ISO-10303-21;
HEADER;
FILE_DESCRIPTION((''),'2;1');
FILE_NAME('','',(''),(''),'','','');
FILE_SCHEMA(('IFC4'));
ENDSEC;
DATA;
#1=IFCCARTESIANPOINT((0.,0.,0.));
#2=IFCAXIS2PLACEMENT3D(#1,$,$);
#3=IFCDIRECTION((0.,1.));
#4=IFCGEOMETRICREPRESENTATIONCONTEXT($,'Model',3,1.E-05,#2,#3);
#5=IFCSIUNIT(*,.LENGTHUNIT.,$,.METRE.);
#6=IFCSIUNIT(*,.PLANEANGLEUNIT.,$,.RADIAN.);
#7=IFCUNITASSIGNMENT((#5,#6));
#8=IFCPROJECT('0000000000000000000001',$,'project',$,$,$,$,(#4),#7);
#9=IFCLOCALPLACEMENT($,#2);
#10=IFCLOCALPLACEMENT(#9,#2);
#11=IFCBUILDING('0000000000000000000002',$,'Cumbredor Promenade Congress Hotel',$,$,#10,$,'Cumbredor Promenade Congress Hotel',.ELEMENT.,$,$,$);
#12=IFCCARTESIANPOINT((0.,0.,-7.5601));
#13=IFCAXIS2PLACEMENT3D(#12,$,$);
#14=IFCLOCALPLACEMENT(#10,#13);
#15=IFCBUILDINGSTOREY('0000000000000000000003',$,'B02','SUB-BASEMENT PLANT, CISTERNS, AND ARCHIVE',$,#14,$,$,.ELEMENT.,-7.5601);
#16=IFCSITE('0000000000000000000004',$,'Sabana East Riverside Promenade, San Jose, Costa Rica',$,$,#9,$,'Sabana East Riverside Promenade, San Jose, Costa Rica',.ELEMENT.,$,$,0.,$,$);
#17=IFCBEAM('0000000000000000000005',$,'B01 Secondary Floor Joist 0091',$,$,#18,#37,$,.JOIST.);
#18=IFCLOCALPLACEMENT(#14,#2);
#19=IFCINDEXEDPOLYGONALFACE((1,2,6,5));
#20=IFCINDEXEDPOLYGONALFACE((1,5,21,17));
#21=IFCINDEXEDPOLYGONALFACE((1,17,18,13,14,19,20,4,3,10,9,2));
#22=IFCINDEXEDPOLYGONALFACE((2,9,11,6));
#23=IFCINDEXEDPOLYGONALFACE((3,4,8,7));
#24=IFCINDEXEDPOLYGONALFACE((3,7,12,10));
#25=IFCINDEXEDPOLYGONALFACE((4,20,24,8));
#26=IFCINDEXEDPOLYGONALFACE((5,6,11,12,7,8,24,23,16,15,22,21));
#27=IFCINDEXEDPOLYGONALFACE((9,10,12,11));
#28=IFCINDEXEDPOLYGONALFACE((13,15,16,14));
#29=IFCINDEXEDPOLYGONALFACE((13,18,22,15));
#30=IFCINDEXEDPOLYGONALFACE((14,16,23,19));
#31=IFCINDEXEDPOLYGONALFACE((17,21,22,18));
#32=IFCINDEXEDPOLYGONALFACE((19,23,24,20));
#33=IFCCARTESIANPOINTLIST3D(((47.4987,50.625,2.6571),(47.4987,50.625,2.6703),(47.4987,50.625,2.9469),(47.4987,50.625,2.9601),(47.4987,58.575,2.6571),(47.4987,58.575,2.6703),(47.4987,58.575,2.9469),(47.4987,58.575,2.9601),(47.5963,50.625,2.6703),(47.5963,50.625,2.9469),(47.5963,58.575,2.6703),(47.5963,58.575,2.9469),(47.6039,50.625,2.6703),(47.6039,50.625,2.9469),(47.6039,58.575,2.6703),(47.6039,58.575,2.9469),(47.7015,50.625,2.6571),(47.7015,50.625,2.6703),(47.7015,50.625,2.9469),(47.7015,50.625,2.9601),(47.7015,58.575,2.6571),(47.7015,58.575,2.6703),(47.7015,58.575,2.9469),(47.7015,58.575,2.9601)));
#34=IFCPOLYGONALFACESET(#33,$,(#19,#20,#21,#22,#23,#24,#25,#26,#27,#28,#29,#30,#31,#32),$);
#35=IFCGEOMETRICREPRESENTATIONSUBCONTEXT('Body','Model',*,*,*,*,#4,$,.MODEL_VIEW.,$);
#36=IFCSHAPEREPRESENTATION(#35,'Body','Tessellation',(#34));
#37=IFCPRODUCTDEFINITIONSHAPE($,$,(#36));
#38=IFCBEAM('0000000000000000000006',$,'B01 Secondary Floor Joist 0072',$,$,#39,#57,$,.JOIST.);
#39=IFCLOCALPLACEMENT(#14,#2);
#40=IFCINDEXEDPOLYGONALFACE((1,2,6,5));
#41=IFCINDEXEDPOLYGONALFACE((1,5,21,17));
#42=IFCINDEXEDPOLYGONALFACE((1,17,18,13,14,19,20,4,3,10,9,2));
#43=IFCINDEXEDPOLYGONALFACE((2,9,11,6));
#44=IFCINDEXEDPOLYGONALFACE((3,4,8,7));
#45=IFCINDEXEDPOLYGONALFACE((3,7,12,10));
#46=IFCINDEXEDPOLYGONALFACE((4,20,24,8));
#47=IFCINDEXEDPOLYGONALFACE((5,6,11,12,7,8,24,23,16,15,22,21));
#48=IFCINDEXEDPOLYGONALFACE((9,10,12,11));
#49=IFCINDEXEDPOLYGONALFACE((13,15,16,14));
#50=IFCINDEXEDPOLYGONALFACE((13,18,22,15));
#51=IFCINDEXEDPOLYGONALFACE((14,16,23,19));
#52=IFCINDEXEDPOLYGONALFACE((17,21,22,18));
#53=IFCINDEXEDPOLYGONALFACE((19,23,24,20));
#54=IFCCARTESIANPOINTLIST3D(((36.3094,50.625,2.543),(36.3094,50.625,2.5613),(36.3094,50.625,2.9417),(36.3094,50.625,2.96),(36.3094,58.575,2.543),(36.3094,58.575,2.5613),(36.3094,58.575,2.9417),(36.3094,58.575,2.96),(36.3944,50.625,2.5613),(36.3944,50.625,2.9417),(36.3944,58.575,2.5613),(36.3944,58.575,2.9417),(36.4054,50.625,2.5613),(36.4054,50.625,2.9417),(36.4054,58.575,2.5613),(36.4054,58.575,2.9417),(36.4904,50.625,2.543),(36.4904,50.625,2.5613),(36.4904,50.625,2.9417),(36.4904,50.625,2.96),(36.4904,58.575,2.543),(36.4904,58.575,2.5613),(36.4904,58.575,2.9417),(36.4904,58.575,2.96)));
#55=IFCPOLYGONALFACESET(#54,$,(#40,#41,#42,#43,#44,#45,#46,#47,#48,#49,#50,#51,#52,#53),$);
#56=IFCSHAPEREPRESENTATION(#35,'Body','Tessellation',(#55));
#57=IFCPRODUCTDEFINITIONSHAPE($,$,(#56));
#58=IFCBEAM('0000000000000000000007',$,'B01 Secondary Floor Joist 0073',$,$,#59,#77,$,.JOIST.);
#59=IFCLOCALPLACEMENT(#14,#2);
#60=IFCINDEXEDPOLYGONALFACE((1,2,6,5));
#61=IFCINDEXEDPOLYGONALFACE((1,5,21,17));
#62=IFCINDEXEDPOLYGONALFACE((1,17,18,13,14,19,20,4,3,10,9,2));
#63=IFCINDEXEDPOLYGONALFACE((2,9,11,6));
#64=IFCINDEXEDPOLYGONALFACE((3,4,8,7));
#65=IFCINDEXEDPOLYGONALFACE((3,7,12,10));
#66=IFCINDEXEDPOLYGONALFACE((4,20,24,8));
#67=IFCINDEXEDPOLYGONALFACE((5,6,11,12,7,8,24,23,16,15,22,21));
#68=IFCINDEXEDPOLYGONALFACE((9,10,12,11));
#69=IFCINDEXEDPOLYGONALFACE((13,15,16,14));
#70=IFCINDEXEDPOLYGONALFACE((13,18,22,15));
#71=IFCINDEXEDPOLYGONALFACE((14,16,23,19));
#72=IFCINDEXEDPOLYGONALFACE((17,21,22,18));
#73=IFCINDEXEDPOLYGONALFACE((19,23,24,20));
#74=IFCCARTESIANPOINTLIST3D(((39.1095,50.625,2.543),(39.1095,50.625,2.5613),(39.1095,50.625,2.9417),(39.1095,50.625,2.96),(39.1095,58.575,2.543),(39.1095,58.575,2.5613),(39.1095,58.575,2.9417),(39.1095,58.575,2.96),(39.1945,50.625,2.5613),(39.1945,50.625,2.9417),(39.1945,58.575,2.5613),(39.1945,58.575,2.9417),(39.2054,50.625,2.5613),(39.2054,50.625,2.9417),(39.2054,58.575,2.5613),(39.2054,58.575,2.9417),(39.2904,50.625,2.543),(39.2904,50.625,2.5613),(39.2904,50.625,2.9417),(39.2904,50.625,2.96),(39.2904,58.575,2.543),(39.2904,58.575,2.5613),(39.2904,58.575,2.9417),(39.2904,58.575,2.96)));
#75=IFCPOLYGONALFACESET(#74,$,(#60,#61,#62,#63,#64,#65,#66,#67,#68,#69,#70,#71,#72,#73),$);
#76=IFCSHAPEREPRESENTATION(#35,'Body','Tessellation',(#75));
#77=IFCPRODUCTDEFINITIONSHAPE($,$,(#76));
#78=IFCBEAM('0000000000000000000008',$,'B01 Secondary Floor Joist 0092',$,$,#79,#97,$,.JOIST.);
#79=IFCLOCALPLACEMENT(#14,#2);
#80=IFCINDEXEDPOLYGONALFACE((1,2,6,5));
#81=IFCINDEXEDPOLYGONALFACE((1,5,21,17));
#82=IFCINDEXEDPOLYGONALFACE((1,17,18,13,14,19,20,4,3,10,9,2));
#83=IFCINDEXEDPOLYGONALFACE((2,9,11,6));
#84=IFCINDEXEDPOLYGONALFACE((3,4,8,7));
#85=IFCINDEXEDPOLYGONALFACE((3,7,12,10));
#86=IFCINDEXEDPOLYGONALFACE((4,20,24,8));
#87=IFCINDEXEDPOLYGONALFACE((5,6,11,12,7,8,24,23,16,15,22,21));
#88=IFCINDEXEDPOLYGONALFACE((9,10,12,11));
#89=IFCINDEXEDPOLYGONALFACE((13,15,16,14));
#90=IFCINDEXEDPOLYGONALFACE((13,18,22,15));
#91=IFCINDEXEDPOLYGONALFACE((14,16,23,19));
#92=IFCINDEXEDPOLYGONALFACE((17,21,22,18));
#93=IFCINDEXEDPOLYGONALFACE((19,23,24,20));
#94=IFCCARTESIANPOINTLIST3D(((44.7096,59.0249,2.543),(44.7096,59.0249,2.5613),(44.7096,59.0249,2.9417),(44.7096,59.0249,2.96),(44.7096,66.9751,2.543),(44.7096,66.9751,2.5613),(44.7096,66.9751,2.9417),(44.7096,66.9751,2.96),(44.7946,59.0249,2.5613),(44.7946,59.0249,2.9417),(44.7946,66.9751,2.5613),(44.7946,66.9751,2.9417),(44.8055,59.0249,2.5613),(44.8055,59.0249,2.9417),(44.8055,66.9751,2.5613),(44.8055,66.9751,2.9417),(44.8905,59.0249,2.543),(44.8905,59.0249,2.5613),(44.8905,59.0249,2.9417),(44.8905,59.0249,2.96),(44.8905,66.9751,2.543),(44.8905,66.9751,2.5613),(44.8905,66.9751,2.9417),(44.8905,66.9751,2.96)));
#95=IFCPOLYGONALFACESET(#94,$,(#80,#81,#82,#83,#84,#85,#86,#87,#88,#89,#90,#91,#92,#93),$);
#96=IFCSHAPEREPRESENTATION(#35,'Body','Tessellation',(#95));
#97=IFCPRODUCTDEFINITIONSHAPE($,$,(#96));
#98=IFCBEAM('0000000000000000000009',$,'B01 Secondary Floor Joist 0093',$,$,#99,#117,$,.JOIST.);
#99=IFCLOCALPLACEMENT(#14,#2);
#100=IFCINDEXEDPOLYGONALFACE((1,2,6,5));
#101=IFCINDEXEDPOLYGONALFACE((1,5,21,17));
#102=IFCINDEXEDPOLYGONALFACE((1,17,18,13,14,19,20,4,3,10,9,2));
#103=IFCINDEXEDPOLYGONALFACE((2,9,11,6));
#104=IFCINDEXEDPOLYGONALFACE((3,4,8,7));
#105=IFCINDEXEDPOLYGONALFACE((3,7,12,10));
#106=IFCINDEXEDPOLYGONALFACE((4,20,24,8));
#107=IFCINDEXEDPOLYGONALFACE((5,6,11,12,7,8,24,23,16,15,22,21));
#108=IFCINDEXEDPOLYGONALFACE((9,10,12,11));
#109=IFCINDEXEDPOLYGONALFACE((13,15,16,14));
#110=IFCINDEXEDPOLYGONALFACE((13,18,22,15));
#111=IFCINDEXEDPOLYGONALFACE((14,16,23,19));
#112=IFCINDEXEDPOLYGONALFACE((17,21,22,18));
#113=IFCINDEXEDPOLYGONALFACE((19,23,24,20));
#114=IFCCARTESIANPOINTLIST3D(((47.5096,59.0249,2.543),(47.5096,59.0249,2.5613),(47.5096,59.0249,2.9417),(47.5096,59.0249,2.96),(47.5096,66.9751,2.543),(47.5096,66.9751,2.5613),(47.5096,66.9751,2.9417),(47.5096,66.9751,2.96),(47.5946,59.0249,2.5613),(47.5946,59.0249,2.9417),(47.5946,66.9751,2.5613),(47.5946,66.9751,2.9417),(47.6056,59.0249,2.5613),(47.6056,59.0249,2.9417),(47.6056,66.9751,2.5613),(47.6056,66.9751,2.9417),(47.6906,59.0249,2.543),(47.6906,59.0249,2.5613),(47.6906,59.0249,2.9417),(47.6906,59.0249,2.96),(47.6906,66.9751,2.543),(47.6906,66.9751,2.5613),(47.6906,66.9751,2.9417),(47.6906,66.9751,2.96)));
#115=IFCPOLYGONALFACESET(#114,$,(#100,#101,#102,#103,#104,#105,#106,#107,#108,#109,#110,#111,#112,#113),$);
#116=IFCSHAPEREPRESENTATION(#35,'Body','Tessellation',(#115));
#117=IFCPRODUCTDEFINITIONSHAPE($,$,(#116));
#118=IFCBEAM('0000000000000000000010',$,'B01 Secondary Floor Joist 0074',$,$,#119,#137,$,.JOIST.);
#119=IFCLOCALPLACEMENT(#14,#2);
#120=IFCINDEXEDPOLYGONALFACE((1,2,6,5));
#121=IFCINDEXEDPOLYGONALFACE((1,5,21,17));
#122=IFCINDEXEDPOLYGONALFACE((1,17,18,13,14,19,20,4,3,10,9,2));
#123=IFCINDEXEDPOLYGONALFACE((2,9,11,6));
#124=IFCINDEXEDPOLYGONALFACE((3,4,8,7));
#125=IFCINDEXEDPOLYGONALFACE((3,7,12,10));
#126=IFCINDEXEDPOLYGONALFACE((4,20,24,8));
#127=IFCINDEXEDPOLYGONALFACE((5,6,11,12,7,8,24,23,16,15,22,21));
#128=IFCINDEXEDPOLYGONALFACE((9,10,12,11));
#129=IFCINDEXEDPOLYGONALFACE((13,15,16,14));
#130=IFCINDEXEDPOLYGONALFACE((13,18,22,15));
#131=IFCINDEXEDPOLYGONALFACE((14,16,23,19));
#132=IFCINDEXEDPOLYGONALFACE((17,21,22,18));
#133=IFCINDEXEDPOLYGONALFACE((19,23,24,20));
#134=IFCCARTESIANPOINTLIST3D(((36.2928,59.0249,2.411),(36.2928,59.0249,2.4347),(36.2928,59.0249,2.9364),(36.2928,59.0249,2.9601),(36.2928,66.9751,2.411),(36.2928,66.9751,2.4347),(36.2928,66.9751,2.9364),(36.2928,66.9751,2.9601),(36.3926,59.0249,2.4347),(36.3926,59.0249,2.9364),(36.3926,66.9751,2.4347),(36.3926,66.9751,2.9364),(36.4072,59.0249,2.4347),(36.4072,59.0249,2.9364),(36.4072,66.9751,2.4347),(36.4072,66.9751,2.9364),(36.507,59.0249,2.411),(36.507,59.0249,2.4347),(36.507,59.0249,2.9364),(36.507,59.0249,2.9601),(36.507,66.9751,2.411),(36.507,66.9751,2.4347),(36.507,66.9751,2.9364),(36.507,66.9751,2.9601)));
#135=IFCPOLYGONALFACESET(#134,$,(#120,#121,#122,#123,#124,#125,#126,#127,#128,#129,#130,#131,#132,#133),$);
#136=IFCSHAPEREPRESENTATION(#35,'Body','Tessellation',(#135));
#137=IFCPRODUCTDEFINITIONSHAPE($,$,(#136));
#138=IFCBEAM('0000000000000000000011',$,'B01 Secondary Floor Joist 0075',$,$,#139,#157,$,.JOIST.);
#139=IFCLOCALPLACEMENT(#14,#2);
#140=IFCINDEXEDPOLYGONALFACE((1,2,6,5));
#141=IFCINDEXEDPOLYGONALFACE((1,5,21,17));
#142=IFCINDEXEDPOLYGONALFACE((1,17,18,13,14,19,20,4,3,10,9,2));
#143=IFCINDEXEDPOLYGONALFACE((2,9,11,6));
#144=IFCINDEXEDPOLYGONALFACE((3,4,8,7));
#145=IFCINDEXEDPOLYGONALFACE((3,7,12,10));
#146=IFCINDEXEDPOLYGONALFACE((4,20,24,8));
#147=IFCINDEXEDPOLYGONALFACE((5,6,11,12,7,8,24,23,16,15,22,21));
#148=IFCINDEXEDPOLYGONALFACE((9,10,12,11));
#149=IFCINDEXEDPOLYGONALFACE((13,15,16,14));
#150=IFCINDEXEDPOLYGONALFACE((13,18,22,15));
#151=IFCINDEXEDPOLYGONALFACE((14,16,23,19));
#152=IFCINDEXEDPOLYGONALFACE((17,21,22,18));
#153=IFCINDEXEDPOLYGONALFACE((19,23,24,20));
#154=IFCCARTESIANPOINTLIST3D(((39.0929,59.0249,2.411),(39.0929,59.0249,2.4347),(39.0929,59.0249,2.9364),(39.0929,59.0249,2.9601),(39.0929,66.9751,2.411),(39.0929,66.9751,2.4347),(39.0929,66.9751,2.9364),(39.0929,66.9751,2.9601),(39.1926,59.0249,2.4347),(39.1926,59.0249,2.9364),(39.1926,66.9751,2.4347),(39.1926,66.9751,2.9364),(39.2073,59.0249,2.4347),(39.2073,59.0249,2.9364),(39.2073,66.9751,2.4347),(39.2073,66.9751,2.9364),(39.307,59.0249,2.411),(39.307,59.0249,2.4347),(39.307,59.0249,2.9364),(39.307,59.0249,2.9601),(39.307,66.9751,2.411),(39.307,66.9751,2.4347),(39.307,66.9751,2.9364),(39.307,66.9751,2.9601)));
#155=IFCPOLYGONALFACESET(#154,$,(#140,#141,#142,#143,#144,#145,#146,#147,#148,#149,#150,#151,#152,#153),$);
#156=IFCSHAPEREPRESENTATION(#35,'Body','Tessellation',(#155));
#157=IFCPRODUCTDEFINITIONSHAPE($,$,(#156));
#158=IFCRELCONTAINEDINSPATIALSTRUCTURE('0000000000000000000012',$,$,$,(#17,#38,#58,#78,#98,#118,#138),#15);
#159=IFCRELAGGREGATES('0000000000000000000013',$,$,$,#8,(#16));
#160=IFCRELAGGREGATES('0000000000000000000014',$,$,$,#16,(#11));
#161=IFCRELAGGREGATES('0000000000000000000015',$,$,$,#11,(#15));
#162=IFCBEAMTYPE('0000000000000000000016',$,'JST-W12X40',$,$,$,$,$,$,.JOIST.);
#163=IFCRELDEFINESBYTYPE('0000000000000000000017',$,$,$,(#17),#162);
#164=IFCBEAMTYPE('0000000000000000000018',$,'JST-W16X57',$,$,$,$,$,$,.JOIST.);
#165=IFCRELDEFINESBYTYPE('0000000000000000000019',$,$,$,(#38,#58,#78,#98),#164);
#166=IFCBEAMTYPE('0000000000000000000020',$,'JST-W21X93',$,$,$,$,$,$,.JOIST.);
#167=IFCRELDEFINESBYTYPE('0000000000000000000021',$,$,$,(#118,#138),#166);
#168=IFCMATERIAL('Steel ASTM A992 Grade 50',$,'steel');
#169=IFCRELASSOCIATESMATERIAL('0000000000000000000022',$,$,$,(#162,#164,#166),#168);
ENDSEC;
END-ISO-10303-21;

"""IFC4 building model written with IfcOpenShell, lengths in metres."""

from ifc_helpers import new_model, si_unit, direction, frame, origin, origin_2d, place, context, subcontext, project, spatial, i_section, extrude, material, material_profile, profile_set, type_object, element, save


model = new_model("IFC4")

# Units and contexts
model_context = context("Model", 3, precision=1e-05, world=origin(), true_north=direction((0.0, 1.0)))
body_context = subcontext(model_context, "Body", "Model", "MODEL_VIEW")
ifc_project = project(units=[si_unit("LENGTHUNIT", "METRE"), si_unit("PLANEANGLEUNIT", "RADIAN")], contexts=[model_context])

# Site, building, storey
site_placement = place(None, origin())
site = spatial("IfcSite", under=ifc_project, at=site_placement, Name="Sabana East Riverside Promenade, San Jose, Costa Rica", LongName="Sabana East Riverside Promenade, San Jose, Costa Rica", CompositionType="ELEMENT", RefElevation=0.0)
building_placement = place(site_placement, origin())
building = spatial("IfcBuilding", under=site, at=building_placement, Name="Cumbredor Promenade Congress Hotel", LongName="Cumbredor Promenade Congress Hotel", CompositionType="ELEMENT")
storey_placement = place(building_placement, frame((0.0, 0.0, -7.5601)))
storey = spatial("IfcBuildingStorey", under=building, at=storey_placement, Name="B02", Description="SUB-BASEMENT PLANT, CISTERNS, AND ARCHIVE", CompositionType="ELEMENT", Elevation=-7.5601)

# Beams
ifc_material_1 = material(Name="Steel ASTM A992 Grade 50", Category="steel")
ifc_material_profile_1 = material_profile(ifc_material_1, i_section(OverallWidth=0.2029, OverallDepth=0.303, WebThickness=0.0076, FlangeThickness=0.0132, at=origin_2d()), Name="W12X40")
ifc_profile_set_1 = profile_set([ifc_material_profile_1], Name="Steel ASTM A992 Grade 50")
beam_type_1 = type_object("IfcBeamType", Name="JST-W12X40", PredefinedType="JOIST", material=ifc_profile_set_1)
for number, where, z_axis, x_axis, name in (
    (1, (47.6001, 50.625, 2.8086), (0.0, 1.0, 0.0), (-1.0, 0.0, 0.0), "B01 Secondary Floor Joist 0091"),
):
    element("IfcBeam", number, at=place(storey_placement, frame(where, z_axis=z_axis, x_axis=x_axis)), inside=storey, type_object=beam_type_1, Name=name, PredefinedType="JOIST", context=body_context, shape_type="SweptSolid", body=[
        extrude(i_section(OverallWidth=0.2029, OverallDepth=0.303, WebThickness=0.0076, FlangeThickness=0.0132, at=origin_2d()), origin(), (0.0, 0.0, 1.0), 7.95),
    ])
ifc_material_profile_2 = material_profile(ifc_material_1, i_section(OverallWidth=0.1809, OverallDepth=0.417, WebThickness=0.011, FlangeThickness=0.0183, at=origin_2d()), Name="W16X57")
ifc_profile_set_2 = profile_set([ifc_material_profile_2], Name="Steel ASTM A992 Grade 50")
beam_type_2 = type_object("IfcBeamType", Name="JST-W16X57", PredefinedType="JOIST", material=ifc_profile_set_2)
for number, where, z_axis, x_axis, name in (
    (2, (36.3999, 50.625, 2.7515), (0.0, 1.0, 0.0), (-1.0, 0.0, 0.0), "B01 Secondary Floor Joist 0072"),
    (3, (39.2, 50.625, 2.7515), (0.0, 1.0, 0.0), (-1.0, 0.0, 0.0), "B01 Secondary Floor Joist 0073"),
):
    element("IfcBeam", number, at=place(storey_placement, frame(where, z_axis=z_axis, x_axis=x_axis)), inside=storey, type_object=beam_type_2, Name=name, PredefinedType="JOIST", context=body_context, shape_type="SweptSolid", body=[
        extrude(i_section(OverallWidth=0.1809, OverallDepth=0.417, WebThickness=0.011, FlangeThickness=0.0183, at=origin_2d()), origin(), (0.0, 0.0, 1.0), 7.95),
    ])
for number, where, z_axis, x_axis, name in (
    (4, (44.8, 59.0249, 2.7515), (0.0, 1.0, 0.0), (-1.0, 0.0, 0.0), "B01 Secondary Floor Joist 0092"),
    (5, (47.6001, 59.0249, 2.7515), (0.0, 1.0, 0.0), (-1.0, 0.0, 0.0), "B01 Secondary Floor Joist 0093"),
):
    element("IfcBeam", number, at=place(storey_placement, frame(where, z_axis=z_axis, x_axis=x_axis)), inside=storey, type_object=beam_type_2, Name=name, PredefinedType="JOIST", context=body_context, shape_type="SweptSolid", body=[
        extrude(i_section(OverallWidth=0.1809, OverallDepth=0.417, WebThickness=0.011, FlangeThickness=0.0183, at=origin_2d()), origin(), (0.0, 0.0, 1.0), 7.9502),
    ])
ifc_material_profile_3 = material_profile(ifc_material_1, i_section(OverallWidth=0.2141, OverallDepth=0.5491, WebThickness=0.0146, FlangeThickness=0.0237, at=origin_2d()), Name="W21X93")
ifc_profile_set_3 = profile_set([ifc_material_profile_3], Name="Steel ASTM A992 Grade 50")
beam_type_3 = type_object("IfcBeamType", Name="JST-W21X93", PredefinedType="JOIST", material=ifc_profile_set_3)
for number, where, z_axis, x_axis, name in (
    (6, (36.3999, 59.0249, 2.6855), (0.0, 1.0, 0.0), (-1.0, 0.0, 0.0), "B01 Secondary Floor Joist 0074"),
    (7, (39.2, 59.0249, 2.6855), (0.0, 1.0, 0.0), (-1.0, 0.0, 0.0), "B01 Secondary Floor Joist 0075"),
):
    element("IfcBeam", number, at=place(storey_placement, frame(where, z_axis=z_axis, x_axis=x_axis)), inside=storey, type_object=beam_type_3, Name=name, PredefinedType="JOIST", context=body_context, shape_type="SweptSolid", body=[
        extrude(i_section(OverallWidth=0.2141, OverallDepth=0.5491, WebThickness=0.0146, FlangeThickness=0.0237, at=origin_2d()), origin(), (0.0, 0.0, 1.0), 7.9502),
    ])

save(model, "model.ifc")
